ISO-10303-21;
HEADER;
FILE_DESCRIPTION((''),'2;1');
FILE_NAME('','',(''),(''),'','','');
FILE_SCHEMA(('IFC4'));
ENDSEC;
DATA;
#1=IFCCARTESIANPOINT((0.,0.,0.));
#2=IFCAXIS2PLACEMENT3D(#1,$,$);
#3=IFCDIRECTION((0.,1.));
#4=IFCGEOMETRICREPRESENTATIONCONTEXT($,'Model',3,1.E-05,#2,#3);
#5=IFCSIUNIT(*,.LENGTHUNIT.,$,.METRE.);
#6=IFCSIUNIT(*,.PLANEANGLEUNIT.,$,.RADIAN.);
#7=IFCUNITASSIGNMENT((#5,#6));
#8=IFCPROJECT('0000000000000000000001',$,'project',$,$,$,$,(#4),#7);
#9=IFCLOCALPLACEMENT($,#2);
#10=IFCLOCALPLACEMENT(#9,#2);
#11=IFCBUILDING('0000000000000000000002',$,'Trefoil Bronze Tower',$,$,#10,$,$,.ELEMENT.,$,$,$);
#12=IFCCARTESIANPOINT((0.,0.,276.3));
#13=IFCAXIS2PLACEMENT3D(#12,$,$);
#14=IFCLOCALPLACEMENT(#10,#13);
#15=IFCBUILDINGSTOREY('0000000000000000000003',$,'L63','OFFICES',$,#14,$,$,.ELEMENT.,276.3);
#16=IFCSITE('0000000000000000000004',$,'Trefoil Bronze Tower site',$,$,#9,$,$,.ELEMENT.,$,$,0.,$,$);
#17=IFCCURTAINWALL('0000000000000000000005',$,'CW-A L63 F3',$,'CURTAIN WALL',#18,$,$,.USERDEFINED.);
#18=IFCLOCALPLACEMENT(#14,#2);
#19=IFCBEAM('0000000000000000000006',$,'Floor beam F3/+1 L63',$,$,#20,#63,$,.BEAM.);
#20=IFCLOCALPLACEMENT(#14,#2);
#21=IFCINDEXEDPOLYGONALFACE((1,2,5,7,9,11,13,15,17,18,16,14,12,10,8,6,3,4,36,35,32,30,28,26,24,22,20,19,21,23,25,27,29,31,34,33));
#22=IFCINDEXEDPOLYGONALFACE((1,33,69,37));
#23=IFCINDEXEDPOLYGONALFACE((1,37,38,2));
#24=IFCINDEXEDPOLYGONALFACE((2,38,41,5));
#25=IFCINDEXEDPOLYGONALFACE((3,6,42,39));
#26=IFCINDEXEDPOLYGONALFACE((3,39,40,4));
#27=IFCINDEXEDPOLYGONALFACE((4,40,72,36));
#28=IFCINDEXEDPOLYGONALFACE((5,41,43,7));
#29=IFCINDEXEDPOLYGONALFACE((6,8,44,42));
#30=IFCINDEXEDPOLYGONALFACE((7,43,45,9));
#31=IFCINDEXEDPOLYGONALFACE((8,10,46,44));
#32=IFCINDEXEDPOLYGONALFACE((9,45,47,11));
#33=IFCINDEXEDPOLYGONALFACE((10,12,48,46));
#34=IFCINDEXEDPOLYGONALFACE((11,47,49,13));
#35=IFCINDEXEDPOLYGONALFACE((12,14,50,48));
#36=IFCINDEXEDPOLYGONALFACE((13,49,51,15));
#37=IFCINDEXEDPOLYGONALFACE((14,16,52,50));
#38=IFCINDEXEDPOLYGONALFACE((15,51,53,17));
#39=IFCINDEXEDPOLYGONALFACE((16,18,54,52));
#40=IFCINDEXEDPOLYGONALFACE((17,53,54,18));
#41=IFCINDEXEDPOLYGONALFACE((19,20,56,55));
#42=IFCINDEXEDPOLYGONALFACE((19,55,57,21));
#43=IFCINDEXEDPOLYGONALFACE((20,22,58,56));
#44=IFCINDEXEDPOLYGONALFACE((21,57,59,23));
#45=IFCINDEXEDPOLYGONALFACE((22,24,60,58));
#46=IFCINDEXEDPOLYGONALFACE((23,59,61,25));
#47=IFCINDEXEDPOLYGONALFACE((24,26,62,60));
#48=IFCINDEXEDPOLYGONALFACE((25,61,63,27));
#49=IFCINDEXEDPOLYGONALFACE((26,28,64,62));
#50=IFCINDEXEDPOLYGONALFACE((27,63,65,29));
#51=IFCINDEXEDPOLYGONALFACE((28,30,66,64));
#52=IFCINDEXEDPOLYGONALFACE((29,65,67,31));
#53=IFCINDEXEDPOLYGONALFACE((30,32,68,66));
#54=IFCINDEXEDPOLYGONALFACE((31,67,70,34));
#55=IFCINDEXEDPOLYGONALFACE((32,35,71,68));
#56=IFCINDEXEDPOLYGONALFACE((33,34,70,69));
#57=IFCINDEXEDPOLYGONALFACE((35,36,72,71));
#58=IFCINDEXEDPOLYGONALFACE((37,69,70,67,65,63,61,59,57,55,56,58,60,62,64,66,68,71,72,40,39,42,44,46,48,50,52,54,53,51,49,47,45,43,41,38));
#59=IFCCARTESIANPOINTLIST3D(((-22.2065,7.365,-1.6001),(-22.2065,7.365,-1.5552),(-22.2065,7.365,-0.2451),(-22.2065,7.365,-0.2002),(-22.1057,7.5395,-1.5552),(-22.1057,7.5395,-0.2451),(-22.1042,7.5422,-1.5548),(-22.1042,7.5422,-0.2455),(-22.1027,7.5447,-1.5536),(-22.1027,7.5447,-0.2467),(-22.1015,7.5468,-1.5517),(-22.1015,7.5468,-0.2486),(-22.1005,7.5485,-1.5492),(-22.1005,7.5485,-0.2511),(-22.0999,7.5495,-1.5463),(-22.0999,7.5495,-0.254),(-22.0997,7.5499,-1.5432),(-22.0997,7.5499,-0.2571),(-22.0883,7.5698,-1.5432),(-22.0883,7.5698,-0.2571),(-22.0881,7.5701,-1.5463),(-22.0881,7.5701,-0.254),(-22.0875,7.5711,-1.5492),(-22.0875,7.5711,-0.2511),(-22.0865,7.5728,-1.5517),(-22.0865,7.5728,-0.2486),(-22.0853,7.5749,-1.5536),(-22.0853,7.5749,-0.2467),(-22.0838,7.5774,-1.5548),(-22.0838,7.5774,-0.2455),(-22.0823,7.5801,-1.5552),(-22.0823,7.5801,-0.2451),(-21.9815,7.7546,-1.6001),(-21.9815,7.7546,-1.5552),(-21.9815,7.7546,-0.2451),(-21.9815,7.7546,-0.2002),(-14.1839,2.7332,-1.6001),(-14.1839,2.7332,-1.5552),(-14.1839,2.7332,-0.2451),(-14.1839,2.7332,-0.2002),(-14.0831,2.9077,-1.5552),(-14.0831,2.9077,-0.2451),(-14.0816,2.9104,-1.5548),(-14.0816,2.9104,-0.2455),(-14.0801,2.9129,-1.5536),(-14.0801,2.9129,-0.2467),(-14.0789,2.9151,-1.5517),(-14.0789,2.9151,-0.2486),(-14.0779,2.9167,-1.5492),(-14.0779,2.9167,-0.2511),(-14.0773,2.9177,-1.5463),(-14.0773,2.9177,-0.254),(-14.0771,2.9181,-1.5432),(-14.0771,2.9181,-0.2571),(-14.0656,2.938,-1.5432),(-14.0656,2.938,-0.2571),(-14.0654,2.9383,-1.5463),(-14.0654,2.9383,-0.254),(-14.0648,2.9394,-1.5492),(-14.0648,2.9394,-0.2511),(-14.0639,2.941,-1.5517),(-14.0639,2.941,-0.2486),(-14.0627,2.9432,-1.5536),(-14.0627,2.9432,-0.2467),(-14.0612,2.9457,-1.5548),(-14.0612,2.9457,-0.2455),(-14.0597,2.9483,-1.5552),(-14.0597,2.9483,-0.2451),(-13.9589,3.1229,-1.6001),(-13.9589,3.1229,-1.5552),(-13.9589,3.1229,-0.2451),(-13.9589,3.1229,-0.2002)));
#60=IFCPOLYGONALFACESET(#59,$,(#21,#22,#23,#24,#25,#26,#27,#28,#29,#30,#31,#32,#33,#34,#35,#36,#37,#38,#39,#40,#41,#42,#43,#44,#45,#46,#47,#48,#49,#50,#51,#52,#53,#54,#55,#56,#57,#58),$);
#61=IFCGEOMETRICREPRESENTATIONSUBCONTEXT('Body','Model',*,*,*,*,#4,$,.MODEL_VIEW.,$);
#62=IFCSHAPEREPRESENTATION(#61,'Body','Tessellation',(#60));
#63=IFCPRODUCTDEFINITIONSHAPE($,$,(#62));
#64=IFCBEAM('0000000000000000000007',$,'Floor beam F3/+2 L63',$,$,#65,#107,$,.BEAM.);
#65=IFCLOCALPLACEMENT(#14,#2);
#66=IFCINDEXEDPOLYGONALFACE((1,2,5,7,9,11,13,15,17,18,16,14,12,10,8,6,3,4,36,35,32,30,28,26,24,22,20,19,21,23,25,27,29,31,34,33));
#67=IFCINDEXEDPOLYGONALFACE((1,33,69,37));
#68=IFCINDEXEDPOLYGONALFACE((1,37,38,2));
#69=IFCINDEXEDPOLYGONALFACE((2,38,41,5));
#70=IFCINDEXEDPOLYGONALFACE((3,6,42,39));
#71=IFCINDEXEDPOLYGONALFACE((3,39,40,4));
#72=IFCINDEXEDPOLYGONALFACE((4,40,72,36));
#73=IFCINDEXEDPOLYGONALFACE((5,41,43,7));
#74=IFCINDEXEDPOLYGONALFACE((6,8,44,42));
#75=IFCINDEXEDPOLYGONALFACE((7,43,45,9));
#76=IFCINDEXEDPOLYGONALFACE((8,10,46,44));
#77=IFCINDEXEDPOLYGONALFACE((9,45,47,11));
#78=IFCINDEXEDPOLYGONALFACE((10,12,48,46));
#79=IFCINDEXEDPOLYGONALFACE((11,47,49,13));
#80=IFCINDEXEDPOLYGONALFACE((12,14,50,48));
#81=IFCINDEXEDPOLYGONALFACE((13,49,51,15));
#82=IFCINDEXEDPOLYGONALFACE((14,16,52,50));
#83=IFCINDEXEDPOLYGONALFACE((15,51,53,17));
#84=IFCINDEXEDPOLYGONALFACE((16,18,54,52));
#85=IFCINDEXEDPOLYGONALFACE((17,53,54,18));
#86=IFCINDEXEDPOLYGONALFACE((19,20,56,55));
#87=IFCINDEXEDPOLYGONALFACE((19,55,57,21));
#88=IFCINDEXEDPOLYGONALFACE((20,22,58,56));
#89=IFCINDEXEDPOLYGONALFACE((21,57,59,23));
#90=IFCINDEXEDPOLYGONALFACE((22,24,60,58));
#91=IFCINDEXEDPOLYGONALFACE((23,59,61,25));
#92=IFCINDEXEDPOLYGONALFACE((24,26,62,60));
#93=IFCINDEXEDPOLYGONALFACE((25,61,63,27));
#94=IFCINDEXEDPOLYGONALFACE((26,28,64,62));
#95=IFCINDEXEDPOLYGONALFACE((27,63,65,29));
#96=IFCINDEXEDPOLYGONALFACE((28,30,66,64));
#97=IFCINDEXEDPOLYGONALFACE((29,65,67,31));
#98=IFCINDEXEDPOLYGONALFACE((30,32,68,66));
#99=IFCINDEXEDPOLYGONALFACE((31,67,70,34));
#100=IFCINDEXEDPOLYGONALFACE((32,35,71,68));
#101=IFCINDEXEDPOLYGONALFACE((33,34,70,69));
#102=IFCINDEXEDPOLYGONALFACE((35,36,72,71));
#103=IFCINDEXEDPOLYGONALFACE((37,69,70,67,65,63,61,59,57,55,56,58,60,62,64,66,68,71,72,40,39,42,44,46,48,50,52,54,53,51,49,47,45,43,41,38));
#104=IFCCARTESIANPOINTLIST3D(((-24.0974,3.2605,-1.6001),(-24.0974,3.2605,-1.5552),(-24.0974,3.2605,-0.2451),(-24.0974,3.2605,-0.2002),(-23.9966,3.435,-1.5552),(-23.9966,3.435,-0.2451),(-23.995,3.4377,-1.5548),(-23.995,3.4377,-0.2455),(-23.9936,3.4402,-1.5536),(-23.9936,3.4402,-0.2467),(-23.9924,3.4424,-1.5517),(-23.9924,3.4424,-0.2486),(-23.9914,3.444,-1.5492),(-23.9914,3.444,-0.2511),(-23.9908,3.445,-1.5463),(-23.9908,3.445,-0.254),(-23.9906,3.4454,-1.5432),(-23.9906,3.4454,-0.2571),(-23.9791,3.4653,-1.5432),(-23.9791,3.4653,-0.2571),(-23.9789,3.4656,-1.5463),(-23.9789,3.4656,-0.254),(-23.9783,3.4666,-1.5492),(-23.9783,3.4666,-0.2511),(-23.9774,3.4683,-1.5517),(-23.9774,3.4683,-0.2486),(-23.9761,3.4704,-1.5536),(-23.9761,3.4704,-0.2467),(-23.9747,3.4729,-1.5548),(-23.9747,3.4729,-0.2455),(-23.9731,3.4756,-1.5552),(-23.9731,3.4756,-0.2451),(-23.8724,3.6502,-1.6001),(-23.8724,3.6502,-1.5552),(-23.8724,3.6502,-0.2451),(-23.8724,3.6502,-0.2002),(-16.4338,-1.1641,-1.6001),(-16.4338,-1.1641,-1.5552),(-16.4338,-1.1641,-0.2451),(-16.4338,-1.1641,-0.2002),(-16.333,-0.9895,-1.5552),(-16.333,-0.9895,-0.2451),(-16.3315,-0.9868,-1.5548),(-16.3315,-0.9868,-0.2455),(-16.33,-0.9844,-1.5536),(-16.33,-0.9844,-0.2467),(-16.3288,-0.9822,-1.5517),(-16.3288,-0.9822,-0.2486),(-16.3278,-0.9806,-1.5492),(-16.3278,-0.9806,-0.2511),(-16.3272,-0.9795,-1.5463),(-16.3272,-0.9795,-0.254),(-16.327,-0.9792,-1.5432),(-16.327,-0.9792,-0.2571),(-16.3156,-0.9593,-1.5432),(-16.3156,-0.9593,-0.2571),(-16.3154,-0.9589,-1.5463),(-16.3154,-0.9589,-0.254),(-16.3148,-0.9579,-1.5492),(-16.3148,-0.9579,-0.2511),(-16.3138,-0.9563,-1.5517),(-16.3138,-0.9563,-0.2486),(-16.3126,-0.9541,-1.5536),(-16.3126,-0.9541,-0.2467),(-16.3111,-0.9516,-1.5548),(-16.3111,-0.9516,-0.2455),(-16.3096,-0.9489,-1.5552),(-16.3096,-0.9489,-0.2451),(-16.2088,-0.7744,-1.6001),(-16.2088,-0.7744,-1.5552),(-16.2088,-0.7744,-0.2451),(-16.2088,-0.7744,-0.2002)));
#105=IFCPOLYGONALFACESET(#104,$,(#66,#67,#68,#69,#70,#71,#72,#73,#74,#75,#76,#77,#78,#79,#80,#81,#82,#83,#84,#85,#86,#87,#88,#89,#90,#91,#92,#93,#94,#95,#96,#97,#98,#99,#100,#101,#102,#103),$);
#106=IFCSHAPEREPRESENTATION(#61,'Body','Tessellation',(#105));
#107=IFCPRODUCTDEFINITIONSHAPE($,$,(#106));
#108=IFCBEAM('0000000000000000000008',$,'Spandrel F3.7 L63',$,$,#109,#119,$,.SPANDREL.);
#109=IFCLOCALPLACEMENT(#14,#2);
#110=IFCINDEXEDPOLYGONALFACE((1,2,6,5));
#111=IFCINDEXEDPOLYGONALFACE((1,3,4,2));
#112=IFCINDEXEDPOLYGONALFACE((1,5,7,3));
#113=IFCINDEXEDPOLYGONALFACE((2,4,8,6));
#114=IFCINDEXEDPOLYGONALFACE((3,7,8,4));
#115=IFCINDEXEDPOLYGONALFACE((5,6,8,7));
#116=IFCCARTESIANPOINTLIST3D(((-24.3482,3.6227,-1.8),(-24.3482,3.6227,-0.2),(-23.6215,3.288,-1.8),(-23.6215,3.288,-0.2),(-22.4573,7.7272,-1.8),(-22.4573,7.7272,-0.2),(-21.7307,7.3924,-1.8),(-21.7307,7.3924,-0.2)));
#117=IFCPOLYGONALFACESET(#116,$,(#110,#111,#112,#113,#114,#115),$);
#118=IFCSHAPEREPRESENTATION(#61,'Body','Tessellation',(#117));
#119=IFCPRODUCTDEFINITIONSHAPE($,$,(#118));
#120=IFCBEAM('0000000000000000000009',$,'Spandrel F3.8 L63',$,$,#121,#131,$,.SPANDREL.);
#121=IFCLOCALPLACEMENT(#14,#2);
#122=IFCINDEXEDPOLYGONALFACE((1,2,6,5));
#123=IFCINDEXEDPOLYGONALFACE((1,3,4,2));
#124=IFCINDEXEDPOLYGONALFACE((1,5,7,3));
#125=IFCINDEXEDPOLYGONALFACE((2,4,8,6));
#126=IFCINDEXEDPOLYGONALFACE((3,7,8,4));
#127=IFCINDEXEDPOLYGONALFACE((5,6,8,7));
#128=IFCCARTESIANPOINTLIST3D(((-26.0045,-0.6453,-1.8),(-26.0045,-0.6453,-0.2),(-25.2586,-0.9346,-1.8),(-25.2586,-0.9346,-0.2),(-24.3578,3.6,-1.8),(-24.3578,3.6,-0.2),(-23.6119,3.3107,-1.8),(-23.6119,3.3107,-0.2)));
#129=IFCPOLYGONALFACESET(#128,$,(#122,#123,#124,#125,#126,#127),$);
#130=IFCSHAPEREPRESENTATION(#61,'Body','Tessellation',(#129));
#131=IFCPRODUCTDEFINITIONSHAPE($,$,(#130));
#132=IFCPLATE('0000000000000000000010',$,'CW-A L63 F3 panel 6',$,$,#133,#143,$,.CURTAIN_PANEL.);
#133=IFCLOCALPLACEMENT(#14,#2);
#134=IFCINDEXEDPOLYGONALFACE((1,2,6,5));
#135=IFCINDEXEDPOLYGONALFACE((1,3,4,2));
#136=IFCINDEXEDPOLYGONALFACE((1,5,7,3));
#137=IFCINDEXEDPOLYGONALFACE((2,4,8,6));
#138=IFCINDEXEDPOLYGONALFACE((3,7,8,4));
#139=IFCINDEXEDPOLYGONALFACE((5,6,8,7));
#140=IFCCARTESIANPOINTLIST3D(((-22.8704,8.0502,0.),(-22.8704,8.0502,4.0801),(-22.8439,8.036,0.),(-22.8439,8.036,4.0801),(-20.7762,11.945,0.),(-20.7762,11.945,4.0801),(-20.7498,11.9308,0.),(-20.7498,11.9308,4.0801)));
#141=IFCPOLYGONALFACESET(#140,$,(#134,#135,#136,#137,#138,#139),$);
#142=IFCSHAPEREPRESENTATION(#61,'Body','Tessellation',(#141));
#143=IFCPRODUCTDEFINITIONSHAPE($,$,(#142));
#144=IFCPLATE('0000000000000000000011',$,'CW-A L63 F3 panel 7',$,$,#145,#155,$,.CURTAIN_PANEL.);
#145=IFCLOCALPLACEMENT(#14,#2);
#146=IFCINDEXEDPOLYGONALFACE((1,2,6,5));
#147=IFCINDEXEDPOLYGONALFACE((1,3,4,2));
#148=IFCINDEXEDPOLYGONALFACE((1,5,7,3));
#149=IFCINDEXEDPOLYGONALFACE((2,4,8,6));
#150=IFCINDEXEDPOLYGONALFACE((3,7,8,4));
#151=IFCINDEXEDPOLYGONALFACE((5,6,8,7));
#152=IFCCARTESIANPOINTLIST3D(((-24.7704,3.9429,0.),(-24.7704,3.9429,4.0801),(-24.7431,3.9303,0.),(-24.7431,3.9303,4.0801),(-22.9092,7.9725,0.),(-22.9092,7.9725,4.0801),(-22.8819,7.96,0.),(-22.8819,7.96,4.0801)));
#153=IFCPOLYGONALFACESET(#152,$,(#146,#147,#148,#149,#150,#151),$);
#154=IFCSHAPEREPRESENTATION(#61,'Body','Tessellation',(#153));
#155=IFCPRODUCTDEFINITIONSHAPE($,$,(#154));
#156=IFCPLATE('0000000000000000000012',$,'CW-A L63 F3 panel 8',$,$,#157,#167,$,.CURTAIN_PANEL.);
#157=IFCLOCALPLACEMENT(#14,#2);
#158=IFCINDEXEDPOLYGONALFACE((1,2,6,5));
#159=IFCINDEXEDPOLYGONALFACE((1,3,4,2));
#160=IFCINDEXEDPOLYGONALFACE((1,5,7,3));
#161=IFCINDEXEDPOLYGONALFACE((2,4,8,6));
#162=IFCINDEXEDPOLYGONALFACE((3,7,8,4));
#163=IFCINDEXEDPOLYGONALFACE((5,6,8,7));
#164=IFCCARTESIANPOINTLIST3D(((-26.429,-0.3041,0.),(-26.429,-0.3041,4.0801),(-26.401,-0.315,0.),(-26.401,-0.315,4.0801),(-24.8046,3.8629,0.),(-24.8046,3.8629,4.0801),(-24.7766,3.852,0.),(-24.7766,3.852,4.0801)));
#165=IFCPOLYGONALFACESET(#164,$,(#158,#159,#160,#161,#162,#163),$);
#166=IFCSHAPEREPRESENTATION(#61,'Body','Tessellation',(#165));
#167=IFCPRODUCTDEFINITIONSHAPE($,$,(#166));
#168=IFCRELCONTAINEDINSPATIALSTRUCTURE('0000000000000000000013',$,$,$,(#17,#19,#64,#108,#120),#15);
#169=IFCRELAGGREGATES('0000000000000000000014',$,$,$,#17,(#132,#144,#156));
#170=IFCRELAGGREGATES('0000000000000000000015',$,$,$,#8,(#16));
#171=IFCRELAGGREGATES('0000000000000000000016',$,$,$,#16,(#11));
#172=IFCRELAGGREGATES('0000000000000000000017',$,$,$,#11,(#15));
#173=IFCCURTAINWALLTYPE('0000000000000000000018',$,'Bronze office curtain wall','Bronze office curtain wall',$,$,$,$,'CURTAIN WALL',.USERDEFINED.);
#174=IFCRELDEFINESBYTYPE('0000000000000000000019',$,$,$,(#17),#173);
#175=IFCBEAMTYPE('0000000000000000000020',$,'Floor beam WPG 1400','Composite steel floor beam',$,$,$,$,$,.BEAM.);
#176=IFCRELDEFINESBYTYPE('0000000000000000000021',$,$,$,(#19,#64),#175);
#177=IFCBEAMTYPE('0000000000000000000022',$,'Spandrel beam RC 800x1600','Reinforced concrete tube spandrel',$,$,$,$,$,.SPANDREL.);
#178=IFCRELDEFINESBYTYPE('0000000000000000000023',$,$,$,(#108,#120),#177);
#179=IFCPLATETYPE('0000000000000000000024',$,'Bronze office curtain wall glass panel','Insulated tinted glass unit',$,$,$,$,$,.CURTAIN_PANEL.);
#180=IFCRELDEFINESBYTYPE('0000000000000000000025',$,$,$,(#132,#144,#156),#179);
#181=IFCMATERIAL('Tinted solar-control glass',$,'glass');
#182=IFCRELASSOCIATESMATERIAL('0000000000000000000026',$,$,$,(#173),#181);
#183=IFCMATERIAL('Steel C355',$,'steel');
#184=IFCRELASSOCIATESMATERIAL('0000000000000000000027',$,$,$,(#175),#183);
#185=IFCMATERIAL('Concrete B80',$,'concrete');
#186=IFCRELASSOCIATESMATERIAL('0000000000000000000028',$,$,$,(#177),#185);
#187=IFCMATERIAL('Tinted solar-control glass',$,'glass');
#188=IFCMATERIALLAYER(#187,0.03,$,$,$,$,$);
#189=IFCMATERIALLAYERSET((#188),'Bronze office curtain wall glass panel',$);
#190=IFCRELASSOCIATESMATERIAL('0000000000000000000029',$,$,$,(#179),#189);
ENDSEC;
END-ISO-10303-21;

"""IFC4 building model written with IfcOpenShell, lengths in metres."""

from ifc_helpers import new_model, si_unit, direction, frame, origin, origin_2d, place, context, subcontext, project, spatial, rectangle, i_section, extrude, material, layer, layer_set, material_profile, profile_set, type_object, element, aggregate, save


model = new_model("IFC4")

# Units and contexts
model_context = context("Model", 3, precision=1e-05, world=origin(), true_north=direction((0.0, 1.0)))
body_context = subcontext(model_context, "Body", "Model", "MODEL_VIEW")
ifc_project = project(units=[si_unit("LENGTHUNIT", "METRE"), si_unit("PLANEANGLEUNIT", "RADIAN")], contexts=[model_context])

# Site, building, storey
site_placement = place(None, origin())
site = spatial("IfcSite", under=ifc_project, at=site_placement, Name="Trefoil Bronze Tower site", CompositionType="ELEMENT", RefElevation=0.0)
building_placement = place(site_placement, origin())
building = spatial("IfcBuilding", under=site, at=building_placement, Name="Trefoil Bronze Tower", CompositionType="ELEMENT")
storey_placement = place(building_placement, frame((0.0, 0.0, 276.3)))
storey = spatial("IfcBuildingStorey", under=building, at=storey_placement, Name="L63", Description="OFFICES", CompositionType="ELEMENT", Elevation=276.3)

# Curtain wall
ifc_material_1 = material(Name="Tinted solar-control glass", Category="glass")
curtain_wall_type = type_object("IfcCurtainWallType", Name="Bronze office curtain wall", Description="Bronze office curtain wall", ElementType="CURTAIN WALL", PredefinedType="USERDEFINED", material=ifc_material_1)
curtain_wall_placement = place(storey_placement, origin())
curtain_wall = element("IfcCurtainWall", 1, at=curtain_wall_placement, inside=storey, type_object=curtain_wall_type, Name="CW-A L63 F3", ObjectType="CURTAIN WALL", PredefinedType="USERDEFINED")

# Beams
ifc_material_2 = material(Name="Steel C355", Category="steel")
ifc_material_profile_1 = material_profile(ifc_material_2, i_section(OverallWidth=0.45, OverallDepth=1.3999, WebThickness=0.0229, FlangeThickness=0.0449, FilletRadius=0.012, at=origin_2d()), Name="WPG 1400")
ifc_profile_set_1 = profile_set([ifc_material_profile_1], Name="Steel C355")
beam_type_1 = type_object("IfcBeamType", Name="Floor beam WPG 1400", Description="Composite steel floor beam", PredefinedType="BEAM", material=ifc_profile_set_1)
beam_1_placement = place(storey_placement, frame((-22.094, 7.5598, -0.9001), z_axis=(0.866029, -0.499994, 0.0), x_axis=(0.499994, 0.866029, 0.0)))
element("IfcBeam", 2, at=beam_1_placement, inside=storey, type_object=beam_type_1, Name="Floor beam F3/+1 L63", PredefinedType="BEAM", context=body_context, shape_type="SweptSolid", body=[
    extrude(i_section(OverallWidth=0.45, OverallDepth=1.3999, WebThickness=0.0229, FlangeThickness=0.0449, FilletRadius=0.012, at=origin_2d()), origin(), (0.0, 0.0, 1.0), 9.2637),
])
beam_2_placement = place(storey_placement, frame((-23.9849, 3.4553, -0.9001), z_axis=(0.866026, -0.499999, 0.0), x_axis=(0.499999, 0.866026, 0.0)))
element("IfcBeam", 3, at=beam_2_placement, inside=storey, type_object=beam_type_1, Name="Floor beam F3/+2 L63", PredefinedType="BEAM", context=body_context, shape_type="SweptSolid", body=[
    extrude(i_section(OverallWidth=0.45, OverallDepth=1.3999, WebThickness=0.0229, FlangeThickness=0.0449, FilletRadius=0.012, at=origin_2d()), origin(), (0.0, 0.0, 1.0), 8.8491),
])
ifc_material_3 = material(Name="Concrete B80", Category="concrete")
ifc_material_profile_2 = material_profile(ifc_material_3, rectangle(XDim=0.8, YDim=1.6001, at=origin_2d()), Name="RC 800x1600")
ifc_profile_set_2 = profile_set([ifc_material_profile_2], Name="Concrete B80")
beam_type_2 = type_object("IfcBeamType", Name="Spandrel beam RC 800x1600", Description="Reinforced concrete tube spandrel", PredefinedType="SPANDREL", material=ifc_profile_set_2)
beam_3_placement = place(storey_placement, frame((-22.094, 7.5598, -1.0), z_axis=(-0.418417, -0.908255, 0.0), x_axis=(0.908255, -0.418417, 0.0)))
element("IfcBeam", 4, at=beam_3_placement, inside=storey, type_object=beam_type_2, Name="Spandrel F3.7 L63", PredefinedType="SPANDREL", context=body_context, shape_type="SweptSolid", body=[
    extrude(rectangle(XDim=0.8, YDim=1.6001, at=origin_2d()), origin(), (0.0, 0.0, 1.0), 4.519),
])
beam_4_placement = place(storey_placement, frame((-23.9849, 3.4553, -1.0), z_axis=(-0.361636, -0.932319, 0.0), x_axis=(0.932319, -0.361636, 0.0)))
element("IfcBeam", 5, at=beam_4_placement, inside=storey, type_object=beam_type_2, Name="Spandrel F3.8 L63", PredefinedType="SPANDREL", context=body_context, shape_type="SweptSolid", body=[
    extrude(rectangle(XDim=0.8, YDim=1.6001, at=origin_2d()), origin(), (0.0, 0.0, 1.0), 4.5535),
])

# Plates
ifc_material_4 = material(Name="Tinted solar-control glass", Category="glass")
ifc_layer_1 = layer(ifc_material_4, 0.03)
ifc_layer_set_1 = layer_set([ifc_layer_1], Name="Bronze office curtain wall glass panel")
plate_type = type_object("IfcPlateType", Name="Bronze office curtain wall glass panel", Description="Insulated tinted glass unit", PredefinedType="CURTAIN_PANEL", material=ifc_layer_set_1)
plate_1_placement = place(storey_placement, frame((-21.8101, 9.9905, 0.0), z_axis=(0.0, 0.0, 1.0), x_axis=(-0.473562, -0.88076, 0.0)))
plate_1 = element("IfcPlate", 6, at=plate_1_placement, type_object=plate_type, Name="CW-A L63 F3 panel 6", PredefinedType="CURTAIN_PANEL", context=body_context, shape_type="SweptSolid", body=[
    extrude(rectangle(XDim=4.4221, YDim=0.03, at=origin_2d()), origin(), (0.0, 0.0, 1.0), 4.0801),
])
plate_2_placement = place(storey_placement, frame((-23.8262, 5.9514, 0.0), z_axis=(0.0, 0.0, 1.0), x_axis=(-0.419309, -0.907844, 0.0)))
plate_2 = element("IfcPlate", 7, at=plate_2_placement, type_object=plate_type, Name="CW-A L63 F3 panel 7", PredefinedType="CURTAIN_PANEL", context=body_context, shape_type="SweptSolid", body=[
    extrude(rectangle(XDim=4.4387, YDim=0.03, at=origin_2d()), origin(), (0.0, 0.0, 1.0), 4.0801),
])
plate_3_placement = place(storey_placement, frame((-25.6028, 1.7739, 0.0), z_axis=(0.0, 0.0, 1.0), x_axis=(-0.363199, -0.931712, 0.0)))
plate_3 = element("IfcPlate", 8, at=plate_3_placement, type_object=plate_type, Name="CW-A L63 F3 panel 8", PredefinedType="CURTAIN_PANEL", context=body_context, shape_type="SweptSolid", body=[
    extrude(rectangle(XDim=4.4724, YDim=0.03, at=origin_2d()), origin(), (0.0, 0.0, 1.0), 4.0801),
])
aggregate(curtain_wall, [plate_1, plate_2, plate_3])

save(model, "model.ifc")
